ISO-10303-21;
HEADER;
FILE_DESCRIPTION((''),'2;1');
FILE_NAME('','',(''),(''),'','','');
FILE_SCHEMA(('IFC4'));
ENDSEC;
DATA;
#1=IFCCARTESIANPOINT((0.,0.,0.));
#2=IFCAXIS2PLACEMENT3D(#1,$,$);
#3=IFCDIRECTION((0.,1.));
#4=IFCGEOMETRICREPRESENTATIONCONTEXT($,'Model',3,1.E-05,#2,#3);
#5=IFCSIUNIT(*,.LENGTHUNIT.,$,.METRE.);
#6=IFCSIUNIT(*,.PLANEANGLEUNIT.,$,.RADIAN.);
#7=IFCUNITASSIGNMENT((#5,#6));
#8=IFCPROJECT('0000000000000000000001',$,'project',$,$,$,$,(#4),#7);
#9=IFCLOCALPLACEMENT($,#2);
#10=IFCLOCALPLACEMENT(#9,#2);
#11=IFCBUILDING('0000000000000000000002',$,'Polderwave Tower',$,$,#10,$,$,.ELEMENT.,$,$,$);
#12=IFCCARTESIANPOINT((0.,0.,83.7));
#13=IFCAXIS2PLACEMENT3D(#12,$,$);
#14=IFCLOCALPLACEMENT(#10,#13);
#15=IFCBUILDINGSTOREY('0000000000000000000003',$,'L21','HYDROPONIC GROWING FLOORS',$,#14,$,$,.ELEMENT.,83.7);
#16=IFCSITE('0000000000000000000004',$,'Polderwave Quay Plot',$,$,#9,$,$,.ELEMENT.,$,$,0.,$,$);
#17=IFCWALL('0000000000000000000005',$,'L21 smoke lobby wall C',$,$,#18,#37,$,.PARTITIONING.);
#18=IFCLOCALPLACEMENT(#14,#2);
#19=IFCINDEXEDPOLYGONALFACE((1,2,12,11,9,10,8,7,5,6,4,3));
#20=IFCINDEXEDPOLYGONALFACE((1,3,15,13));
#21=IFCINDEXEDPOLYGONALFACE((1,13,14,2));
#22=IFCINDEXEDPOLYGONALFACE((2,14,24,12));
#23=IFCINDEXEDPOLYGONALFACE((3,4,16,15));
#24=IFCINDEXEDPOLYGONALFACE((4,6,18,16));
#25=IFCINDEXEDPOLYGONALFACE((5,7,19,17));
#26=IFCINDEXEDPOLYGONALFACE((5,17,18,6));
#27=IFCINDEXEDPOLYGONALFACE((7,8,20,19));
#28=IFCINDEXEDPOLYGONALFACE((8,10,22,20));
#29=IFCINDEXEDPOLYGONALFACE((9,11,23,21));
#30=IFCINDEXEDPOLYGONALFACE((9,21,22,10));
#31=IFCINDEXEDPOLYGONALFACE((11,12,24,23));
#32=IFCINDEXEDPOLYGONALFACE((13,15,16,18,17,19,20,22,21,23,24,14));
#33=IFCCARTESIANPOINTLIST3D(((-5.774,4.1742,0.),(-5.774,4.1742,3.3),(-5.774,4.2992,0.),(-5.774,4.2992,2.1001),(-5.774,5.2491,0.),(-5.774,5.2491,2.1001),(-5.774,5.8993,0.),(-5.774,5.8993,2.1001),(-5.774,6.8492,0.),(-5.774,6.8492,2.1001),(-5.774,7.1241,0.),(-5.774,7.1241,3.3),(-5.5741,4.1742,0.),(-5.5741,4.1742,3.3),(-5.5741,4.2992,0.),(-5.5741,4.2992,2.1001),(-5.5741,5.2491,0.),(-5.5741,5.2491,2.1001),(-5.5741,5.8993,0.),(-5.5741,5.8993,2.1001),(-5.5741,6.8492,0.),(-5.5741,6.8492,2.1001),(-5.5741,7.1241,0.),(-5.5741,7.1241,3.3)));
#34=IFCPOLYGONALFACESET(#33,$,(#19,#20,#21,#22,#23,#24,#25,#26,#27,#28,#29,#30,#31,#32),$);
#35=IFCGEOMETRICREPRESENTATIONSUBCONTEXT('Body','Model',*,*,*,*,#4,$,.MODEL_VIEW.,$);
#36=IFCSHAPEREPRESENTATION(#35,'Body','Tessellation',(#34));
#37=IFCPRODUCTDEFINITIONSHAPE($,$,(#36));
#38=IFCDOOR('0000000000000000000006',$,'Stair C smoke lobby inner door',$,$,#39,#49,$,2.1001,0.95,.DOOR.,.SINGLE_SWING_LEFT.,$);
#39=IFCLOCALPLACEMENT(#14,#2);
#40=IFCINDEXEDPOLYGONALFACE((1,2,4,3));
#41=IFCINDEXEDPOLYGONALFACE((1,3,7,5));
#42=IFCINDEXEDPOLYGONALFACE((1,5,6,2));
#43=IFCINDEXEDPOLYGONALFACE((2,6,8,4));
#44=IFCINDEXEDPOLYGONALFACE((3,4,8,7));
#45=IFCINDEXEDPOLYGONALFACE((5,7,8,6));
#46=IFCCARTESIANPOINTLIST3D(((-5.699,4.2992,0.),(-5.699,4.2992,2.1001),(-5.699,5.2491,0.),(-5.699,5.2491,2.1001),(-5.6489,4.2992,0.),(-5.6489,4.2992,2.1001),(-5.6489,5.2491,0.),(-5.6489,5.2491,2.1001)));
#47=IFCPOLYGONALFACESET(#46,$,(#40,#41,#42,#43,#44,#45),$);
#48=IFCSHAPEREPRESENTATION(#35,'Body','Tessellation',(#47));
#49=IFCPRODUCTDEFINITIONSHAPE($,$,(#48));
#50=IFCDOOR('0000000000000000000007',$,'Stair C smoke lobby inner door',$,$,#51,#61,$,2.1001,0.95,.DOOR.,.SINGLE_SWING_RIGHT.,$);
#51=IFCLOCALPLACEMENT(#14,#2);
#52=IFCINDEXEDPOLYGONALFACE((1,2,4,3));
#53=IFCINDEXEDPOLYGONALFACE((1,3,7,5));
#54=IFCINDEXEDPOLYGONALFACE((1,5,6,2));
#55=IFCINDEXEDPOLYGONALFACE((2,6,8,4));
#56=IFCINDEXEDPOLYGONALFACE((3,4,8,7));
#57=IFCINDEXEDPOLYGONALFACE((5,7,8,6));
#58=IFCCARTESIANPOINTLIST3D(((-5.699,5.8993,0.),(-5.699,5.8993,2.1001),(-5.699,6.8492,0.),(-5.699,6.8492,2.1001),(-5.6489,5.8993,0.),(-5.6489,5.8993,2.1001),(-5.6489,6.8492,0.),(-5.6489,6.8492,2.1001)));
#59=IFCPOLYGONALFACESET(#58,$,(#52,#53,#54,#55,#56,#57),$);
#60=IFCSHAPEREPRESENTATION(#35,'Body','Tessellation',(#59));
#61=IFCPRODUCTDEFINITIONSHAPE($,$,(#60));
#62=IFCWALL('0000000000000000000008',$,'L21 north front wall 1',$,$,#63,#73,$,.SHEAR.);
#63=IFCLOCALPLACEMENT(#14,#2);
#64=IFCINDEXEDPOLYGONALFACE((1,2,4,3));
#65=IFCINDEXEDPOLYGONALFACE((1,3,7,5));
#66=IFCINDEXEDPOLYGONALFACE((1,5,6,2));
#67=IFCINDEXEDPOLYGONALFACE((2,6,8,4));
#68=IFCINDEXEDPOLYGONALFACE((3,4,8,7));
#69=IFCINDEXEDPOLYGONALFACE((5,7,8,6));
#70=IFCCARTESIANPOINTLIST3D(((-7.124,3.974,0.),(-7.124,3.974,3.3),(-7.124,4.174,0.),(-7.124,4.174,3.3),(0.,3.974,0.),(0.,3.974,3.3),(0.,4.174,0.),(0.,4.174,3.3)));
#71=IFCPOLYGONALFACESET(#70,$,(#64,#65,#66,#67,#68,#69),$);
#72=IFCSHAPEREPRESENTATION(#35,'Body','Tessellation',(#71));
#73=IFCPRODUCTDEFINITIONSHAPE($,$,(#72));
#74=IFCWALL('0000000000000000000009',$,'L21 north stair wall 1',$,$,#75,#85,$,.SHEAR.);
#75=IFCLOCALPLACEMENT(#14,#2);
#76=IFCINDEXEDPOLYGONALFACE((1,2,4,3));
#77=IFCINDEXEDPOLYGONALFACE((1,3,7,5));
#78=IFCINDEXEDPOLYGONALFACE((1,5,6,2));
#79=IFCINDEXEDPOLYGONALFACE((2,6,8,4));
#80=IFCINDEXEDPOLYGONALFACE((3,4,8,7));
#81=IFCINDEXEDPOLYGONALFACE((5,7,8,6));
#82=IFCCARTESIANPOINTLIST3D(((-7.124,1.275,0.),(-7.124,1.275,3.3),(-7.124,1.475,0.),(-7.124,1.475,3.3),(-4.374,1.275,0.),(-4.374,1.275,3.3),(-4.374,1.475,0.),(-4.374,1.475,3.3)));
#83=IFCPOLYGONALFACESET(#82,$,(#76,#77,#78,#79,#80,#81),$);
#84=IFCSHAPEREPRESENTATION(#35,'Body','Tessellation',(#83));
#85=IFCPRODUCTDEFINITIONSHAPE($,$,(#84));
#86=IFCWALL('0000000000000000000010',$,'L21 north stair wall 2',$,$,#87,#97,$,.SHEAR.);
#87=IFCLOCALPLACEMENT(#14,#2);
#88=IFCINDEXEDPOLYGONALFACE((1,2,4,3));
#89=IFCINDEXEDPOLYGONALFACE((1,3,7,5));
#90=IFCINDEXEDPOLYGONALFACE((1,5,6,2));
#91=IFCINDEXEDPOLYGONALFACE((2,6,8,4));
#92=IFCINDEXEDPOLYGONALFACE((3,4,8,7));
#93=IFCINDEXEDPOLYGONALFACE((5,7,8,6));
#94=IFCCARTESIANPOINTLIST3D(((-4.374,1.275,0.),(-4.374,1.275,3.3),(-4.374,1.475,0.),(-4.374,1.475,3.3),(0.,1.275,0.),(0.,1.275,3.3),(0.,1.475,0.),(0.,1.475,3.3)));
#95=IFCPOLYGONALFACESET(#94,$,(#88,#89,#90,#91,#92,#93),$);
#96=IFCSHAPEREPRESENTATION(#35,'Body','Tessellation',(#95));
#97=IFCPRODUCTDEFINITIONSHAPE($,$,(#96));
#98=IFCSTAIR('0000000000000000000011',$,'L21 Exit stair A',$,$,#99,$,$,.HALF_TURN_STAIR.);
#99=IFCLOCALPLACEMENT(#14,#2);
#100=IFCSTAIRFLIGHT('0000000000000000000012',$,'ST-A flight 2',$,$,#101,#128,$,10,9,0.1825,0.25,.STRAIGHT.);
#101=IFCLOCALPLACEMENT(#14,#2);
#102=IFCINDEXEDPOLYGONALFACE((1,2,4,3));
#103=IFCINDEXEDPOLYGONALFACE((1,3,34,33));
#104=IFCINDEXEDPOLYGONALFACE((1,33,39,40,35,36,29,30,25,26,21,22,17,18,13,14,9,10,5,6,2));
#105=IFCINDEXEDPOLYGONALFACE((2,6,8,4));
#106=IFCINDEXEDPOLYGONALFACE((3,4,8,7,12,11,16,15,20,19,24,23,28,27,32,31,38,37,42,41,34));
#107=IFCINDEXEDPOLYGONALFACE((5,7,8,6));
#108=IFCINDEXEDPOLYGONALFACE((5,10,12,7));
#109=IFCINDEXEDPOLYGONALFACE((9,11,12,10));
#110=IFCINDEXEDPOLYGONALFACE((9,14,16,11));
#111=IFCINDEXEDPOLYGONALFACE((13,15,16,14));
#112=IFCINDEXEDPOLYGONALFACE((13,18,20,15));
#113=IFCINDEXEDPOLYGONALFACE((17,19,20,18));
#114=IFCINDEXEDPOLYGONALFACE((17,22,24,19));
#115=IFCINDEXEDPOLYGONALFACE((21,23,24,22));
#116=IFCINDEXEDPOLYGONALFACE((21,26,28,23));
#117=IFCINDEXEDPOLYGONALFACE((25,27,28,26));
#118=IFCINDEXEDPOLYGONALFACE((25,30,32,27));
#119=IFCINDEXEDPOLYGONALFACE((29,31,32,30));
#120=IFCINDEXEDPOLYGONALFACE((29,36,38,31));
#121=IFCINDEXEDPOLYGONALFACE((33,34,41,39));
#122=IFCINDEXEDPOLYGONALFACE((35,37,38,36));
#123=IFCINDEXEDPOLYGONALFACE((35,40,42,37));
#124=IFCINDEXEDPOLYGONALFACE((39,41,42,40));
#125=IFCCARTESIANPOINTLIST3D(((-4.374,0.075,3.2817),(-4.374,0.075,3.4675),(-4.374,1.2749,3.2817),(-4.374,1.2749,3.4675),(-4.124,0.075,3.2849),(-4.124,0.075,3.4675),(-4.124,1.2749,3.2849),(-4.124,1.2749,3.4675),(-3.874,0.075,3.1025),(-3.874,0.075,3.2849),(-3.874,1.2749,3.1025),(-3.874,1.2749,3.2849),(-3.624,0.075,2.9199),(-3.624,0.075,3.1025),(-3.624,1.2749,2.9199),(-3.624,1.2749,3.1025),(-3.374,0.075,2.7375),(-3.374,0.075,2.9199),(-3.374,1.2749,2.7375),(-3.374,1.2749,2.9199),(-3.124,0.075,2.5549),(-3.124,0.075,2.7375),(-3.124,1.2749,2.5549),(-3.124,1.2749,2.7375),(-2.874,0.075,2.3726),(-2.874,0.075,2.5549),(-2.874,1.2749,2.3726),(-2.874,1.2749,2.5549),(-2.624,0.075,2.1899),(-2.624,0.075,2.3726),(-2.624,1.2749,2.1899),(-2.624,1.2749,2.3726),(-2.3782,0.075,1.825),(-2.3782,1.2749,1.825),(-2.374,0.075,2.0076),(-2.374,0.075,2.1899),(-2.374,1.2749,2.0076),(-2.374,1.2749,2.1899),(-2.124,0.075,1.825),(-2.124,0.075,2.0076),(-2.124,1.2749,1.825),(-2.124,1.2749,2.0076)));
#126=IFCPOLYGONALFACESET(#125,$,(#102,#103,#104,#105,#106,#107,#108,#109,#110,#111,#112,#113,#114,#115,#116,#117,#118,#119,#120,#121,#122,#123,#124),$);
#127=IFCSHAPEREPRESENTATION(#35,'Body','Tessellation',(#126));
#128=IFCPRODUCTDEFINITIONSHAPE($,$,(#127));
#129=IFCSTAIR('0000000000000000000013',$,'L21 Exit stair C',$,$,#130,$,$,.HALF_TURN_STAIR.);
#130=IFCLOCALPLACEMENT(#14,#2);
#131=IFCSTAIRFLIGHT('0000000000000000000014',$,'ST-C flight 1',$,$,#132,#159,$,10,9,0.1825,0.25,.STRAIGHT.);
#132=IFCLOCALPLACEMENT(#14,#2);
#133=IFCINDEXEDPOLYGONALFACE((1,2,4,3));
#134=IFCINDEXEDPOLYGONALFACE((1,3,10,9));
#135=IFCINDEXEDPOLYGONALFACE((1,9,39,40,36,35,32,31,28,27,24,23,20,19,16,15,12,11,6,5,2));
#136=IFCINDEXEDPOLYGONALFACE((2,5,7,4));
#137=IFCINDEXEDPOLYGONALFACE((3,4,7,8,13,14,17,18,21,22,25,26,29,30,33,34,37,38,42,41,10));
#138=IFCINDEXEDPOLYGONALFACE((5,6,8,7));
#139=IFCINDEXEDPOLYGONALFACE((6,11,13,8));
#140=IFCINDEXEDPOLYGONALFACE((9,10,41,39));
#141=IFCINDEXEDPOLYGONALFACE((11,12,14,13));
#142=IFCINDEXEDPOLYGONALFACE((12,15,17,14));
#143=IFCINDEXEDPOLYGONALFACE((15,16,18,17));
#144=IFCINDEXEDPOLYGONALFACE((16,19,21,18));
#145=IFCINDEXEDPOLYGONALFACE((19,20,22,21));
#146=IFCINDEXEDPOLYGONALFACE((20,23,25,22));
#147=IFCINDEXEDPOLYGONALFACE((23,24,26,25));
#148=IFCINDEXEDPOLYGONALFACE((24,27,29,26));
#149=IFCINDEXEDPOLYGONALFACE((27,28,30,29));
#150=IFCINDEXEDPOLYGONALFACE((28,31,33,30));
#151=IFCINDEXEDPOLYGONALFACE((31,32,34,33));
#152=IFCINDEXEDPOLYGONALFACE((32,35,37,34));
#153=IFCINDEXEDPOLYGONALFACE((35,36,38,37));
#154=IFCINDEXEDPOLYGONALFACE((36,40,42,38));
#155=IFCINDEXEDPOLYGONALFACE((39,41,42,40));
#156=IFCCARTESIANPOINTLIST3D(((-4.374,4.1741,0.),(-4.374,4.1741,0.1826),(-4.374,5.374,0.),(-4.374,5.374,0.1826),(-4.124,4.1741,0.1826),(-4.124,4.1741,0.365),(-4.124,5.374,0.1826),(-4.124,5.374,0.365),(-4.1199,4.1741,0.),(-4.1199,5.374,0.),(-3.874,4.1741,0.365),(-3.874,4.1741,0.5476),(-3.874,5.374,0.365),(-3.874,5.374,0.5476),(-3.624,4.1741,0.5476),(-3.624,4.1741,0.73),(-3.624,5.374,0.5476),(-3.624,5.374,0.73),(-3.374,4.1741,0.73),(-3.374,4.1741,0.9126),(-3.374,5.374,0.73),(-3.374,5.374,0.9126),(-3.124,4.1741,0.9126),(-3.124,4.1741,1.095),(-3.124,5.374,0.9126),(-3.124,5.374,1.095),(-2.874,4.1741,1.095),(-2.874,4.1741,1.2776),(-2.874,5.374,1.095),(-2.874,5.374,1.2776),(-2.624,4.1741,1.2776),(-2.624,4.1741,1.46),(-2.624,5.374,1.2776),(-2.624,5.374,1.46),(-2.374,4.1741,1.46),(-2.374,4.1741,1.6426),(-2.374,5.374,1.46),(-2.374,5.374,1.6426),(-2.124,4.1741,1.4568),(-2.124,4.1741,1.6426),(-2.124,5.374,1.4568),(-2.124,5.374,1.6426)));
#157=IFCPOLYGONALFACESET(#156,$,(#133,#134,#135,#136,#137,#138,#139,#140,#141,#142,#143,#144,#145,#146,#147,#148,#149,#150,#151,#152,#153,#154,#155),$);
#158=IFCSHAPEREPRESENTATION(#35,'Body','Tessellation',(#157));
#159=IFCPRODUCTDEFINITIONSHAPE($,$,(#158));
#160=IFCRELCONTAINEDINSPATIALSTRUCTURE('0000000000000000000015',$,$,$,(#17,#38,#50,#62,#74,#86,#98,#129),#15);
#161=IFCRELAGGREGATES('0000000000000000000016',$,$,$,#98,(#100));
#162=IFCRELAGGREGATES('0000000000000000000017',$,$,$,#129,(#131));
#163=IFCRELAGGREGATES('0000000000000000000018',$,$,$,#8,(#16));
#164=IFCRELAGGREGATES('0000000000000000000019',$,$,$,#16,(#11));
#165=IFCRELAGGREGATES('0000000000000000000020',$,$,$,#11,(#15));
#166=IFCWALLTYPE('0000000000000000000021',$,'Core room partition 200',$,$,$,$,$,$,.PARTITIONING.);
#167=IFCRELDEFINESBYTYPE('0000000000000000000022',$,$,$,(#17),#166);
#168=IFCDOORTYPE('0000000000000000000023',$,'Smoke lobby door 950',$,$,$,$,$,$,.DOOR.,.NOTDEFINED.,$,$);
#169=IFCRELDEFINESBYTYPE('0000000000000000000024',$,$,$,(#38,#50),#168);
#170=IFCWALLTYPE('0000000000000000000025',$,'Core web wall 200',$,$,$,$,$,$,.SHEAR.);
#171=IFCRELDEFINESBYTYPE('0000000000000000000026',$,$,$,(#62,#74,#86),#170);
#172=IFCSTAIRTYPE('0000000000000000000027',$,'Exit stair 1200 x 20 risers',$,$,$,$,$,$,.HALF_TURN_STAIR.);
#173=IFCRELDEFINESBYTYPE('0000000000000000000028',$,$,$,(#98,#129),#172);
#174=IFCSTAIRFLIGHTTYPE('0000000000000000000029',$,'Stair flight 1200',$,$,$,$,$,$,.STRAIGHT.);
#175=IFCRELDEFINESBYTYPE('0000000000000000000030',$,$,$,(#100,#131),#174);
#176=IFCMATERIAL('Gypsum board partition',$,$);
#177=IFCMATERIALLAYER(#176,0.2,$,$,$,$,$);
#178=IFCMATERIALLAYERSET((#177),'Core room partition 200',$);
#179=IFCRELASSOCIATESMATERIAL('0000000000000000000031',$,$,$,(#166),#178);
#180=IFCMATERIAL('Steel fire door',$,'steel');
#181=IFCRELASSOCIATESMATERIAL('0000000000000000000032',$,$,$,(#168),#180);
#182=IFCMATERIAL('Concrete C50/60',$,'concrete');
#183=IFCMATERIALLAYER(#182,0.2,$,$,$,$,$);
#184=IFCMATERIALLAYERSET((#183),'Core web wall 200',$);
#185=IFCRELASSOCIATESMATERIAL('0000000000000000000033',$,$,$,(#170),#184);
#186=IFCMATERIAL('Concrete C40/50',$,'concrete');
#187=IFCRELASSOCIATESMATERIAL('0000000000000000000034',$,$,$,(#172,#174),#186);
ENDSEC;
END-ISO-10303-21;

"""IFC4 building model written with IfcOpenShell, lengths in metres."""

from ifc_helpers import new_model, si_unit, direction, frame, frame_2d, origin, place, context, subcontext, project, spatial, polyline, rectangle, outline, extrude, material, layer, layer_set, type_object, element, fill, aggregate, save


model = new_model("IFC4")

# Units and contexts
model_context = context("Model", 3, precision=1e-05, world=origin(), true_north=direction((0.0, 1.0)))
body_context = subcontext(model_context, "Body", "Model", "MODEL_VIEW")
ifc_project = project(units=[si_unit("LENGTHUNIT", "METRE"), si_unit("PLANEANGLEUNIT", "RADIAN")], contexts=[model_context])

# Site, building, storey
site_placement = place(None, origin())
site = spatial("IfcSite", under=ifc_project, at=site_placement, Name="Polderwave Quay Plot", CompositionType="ELEMENT", RefElevation=0.0)
building_placement = place(site_placement, origin())
building = spatial("IfcBuilding", under=site, at=building_placement, Name="Polderwave Tower", CompositionType="ELEMENT")
storey_placement = place(building_placement, frame((0.0, 0.0, 83.7)))
storey = spatial("IfcBuildingStorey", under=building, at=storey_placement, Name="L21", Description="HYDROPONIC GROWING FLOORS", CompositionType="ELEMENT", Elevation=83.7)

# Wall, openings, doors
ifc_material_1 = material(Name="Gypsum board partition")
ifc_layer_1 = layer(ifc_material_1, 0.2)
ifc_layer_set_1 = layer_set([ifc_layer_1], Name="Core room partition 200")
wall_type_1 = type_object("IfcWallType", Name="Core room partition 200", PredefinedType="PARTITIONING", material=ifc_layer_set_1)
wall_1_placement = place(storey_placement, frame((-5.6741, 4.1741, 0.0), z_axis=(0.0, 0.0, 1.0), x_axis=(0.0, 1.0, 0.0)))
wall_1 = element("IfcWall", 1, at=wall_1_placement, inside=storey, type_object=wall_type_1, Name="L21 smoke lobby wall C", PredefinedType="PARTITIONING", context=body_context, shape_type="SweptSolid", body=[
    extrude(rectangle(XDim=2.95, YDim=0.2, at=frame_2d((1.4751, 0.0))), origin(), (0.0, 0.0, 1.0), 3.3),
])
opening_1_placement = place(wall_1_placement, frame((0.125, 0.0, 0.0)))
opening_1 = element("IfcOpeningElement", 2, at=opening_1_placement, cuts=wall_1, PredefinedType="OPENING", context=body_context, shape_type="SweptSolid", body=[
    extrude(rectangle(XDim=0.95, YDim=2.1001, at=frame_2d((0.4751, 1.05))), frame((0.0, 0.1099, 0.0), z_axis=(0.0, -1.0, 0.0), x_axis=(1.0, 0.0, 0.0)), (0.0, 0.0, 1.0), 0.22),
])
opening_2_placement = place(wall_1_placement, frame((1.7251, 0.0, 0.0)))
opening_2 = element("IfcOpeningElement", 3, at=opening_2_placement, cuts=wall_1, PredefinedType="OPENING", context=body_context, shape_type="SweptSolid", body=[
    extrude(rectangle(XDim=0.95, YDim=2.1001, at=frame_2d((0.4751, 1.05))), frame((0.0, 0.1099, 0.0), z_axis=(0.0, -1.0, 0.0), x_axis=(1.0, 0.0, 0.0)), (0.0, 0.0, 1.0), 0.22),
])
ifc_material_2 = material(Name="Steel fire door", Category="steel")
door_type = type_object("IfcDoorType", Name="Smoke lobby door 950", OperationType="NOTDEFINED", PredefinedType="DOOR", material=ifc_material_2)
door_1_placement = place(opening_1_placement, origin())
door_1 = element("IfcDoor", 4, at=door_1_placement, inside=storey, type_object=door_type, Name="Stair C smoke lobby inner door", OperationType="SINGLE_SWING_LEFT", OverallHeight=2.1001, OverallWidth=0.95, PredefinedType="DOOR", context=body_context, shape_type="SweptSolid", body=[
    extrude(rectangle(XDim=0.95, YDim=2.1001, at=frame_2d((0.4751, 1.05))), frame((0.0, 0.0249, 0.0), z_axis=(0.0, -1.0, 0.0), x_axis=(1.0, 0.0, 0.0)), (0.0, 0.0, 1.0), 0.05),
])
fill(opening_1, door_1)
door_2_placement = place(opening_2_placement, origin())
door_2 = element("IfcDoor", 5, at=door_2_placement, inside=storey, type_object=door_type, Name="Stair C smoke lobby inner door", OperationType="SINGLE_SWING_RIGHT", OverallHeight=2.1001, OverallWidth=0.95, PredefinedType="DOOR", context=body_context, shape_type="SweptSolid", body=[
    extrude(rectangle(XDim=0.95, YDim=2.1001, at=frame_2d((0.4751, 1.05))), frame((0.0, 0.0249, 0.0), z_axis=(0.0, -1.0, 0.0), x_axis=(1.0, 0.0, 0.0)), (0.0, 0.0, 1.0), 0.05),
])
fill(opening_2, door_2)

# Walls
ifc_material_3 = material(Name="Concrete C50/60", Category="concrete")
ifc_layer_2 = layer(ifc_material_3, 0.2)
ifc_layer_set_2 = layer_set([ifc_layer_2], Name="Core web wall 200")
wall_type_2 = type_object("IfcWallType", Name="Core web wall 200", PredefinedType="SHEAR", material=ifc_layer_set_2)
wall_2_placement = place(storey_placement, frame((-7.124, 4.074, 0.0), z_axis=(0.0, 0.0, 1.0), x_axis=(1.0, 0.0, 0.0)))
element("IfcWall", 6, at=wall_2_placement, inside=storey, type_object=wall_type_2, Name="L21 north front wall 1", PredefinedType="SHEAR", context=body_context, shape_type="SweptSolid", body=[
    extrude(rectangle(XDim=7.124, YDim=0.2, at=frame_2d((3.562, 0.0))), origin(), (0.0, 0.0, 1.0), 3.3),
])
wall_3_placement = place(storey_placement, frame((-7.124, 1.375, 0.0), z_axis=(0.0, 0.0, 1.0), x_axis=(1.0, 0.0, 0.0)))
element("IfcWall", 7, at=wall_3_placement, inside=storey, type_object=wall_type_2, Name="L21 north stair wall 1", PredefinedType="SHEAR", context=body_context, shape_type="SweptSolid", body=[
    extrude(rectangle(XDim=2.75, YDim=0.2, at=frame_2d((1.375, 0.0))), origin(), (0.0, 0.0, 1.0), 3.3),
])
wall_4_placement = place(storey_placement, frame((-4.374, 1.375, 0.0), z_axis=(0.0, 0.0, 1.0), x_axis=(1.0, 0.0, 0.0)))
element("IfcWall", 8, at=wall_4_placement, inside=storey, type_object=wall_type_2, Name="L21 north stair wall 2", PredefinedType="SHEAR", context=body_context, shape_type="SweptSolid", body=[
    extrude(rectangle(XDim=4.374, YDim=0.2, at=frame_2d((2.187, 0.0))), origin(), (0.0, 0.0, 1.0), 3.3),
])

# Stairs, stair flights
ifc_material_4 = material(Name="Concrete C40/50", Category="concrete")
stair_type = type_object("IfcStairType", Name="Exit stair 1200 x 20 risers", PredefinedType="HALF_TURN_STAIR", material=ifc_material_4)
stair_1_placement = place(storey_placement, origin())
stair_1 = element("IfcStair", 9, at=stair_1_placement, inside=storey, type_object=stair_type, Name="L21 Exit stair A", PredefinedType="HALF_TURN_STAIR")
stair_flight_type = type_object("IfcStairFlightType", Name="Stair flight 1200", PredefinedType="STRAIGHT", material=ifc_material_4)
stair_flight_1_placement = place(storey_placement, frame((-2.124, 0.675, 1.825), z_axis=(0.0, 0.0, 1.0), x_axis=(-1.0, 0.0, 0.0)))
stair_flight_1 = element("IfcStairFlight", 10, at=stair_flight_1_placement, type_object=stair_flight_type, Name="ST-A flight 2", NumberOfRisers=10, NumberOfTreads=9, PredefinedType="STRAIGHT", RiserHeight=0.1825, TreadLength=0.25, context=body_context, shape_type="SweptSolid", body=[
    extrude(outline(polyline([(0.0, 0.0), (0.0, 0.1826), (0.25, 0.1826), (0.25, 0.365), (0.5, 0.365), (0.5, 0.5476), (0.75, 0.5476), (0.75, 0.73), (1.0, 0.73), (1.0, 0.9126), (1.25, 0.9126), (1.25, 1.095), (1.5, 1.095), (1.5, 1.2776), (1.75, 1.2776), (1.75, 1.46), (2.0, 1.46), (2.0, 1.6426), (2.25, 1.6426), (2.25, 1.825), (2.25, 1.4568), (0.2542, 0.0), (0.0, 0.0)])), frame((0.0, 0.6001, 0.0), z_axis=(0.0, -1.0, 0.0), x_axis=(1.0, 0.0, 0.0)), (0.0, 0.0, 1.0), 1.2),
])
aggregate(stair_1, [stair_flight_1])
stair_2_placement = place(storey_placement, origin())
stair_2 = element("IfcStair", 11, at=stair_2_placement, inside=storey, type_object=stair_type, Name="L21 Exit stair C", PredefinedType="HALF_TURN_STAIR")
stair_flight_2_placement = place(storey_placement, frame((-4.374, 4.7739, 0.0), z_axis=(0.0, 0.0, 1.0), x_axis=(1.0, 0.0, 0.0)))
stair_flight_2 = element("IfcStairFlight", 12, at=stair_flight_2_placement, type_object=stair_flight_type, Name="ST-C flight 1", NumberOfRisers=10, NumberOfTreads=9, PredefinedType="STRAIGHT", RiserHeight=0.1825, TreadLength=0.25, context=body_context, shape_type="SweptSolid", body=[
    extrude(outline(polyline([(0.0, 0.0), (0.0, 0.1826), (0.25, 0.1826), (0.25, 0.365), (0.5, 0.365), (0.5, 0.5476), (0.75, 0.5476), (0.75, 0.73), (1.0, 0.73), (1.0, 0.9126), (1.25, 0.9126), (1.25, 1.095), (1.5, 1.095), (1.5, 1.2776), (1.75, 1.2776), (1.75, 1.46), (2.0, 1.46), (2.0, 1.6426), (2.25, 1.6426), (2.25, 1.825), (2.25, 1.4568), (0.2542, 0.0), (0.0, 0.0)])), frame((0.0, 0.6001, 0.0), z_axis=(0.0, -1.0, 0.0), x_axis=(1.0, 0.0, 0.0)), (0.0, 0.0, 1.0), 1.2),
])
aggregate(stair_2, [stair_flight_2])

save(model, "model.ifc")
